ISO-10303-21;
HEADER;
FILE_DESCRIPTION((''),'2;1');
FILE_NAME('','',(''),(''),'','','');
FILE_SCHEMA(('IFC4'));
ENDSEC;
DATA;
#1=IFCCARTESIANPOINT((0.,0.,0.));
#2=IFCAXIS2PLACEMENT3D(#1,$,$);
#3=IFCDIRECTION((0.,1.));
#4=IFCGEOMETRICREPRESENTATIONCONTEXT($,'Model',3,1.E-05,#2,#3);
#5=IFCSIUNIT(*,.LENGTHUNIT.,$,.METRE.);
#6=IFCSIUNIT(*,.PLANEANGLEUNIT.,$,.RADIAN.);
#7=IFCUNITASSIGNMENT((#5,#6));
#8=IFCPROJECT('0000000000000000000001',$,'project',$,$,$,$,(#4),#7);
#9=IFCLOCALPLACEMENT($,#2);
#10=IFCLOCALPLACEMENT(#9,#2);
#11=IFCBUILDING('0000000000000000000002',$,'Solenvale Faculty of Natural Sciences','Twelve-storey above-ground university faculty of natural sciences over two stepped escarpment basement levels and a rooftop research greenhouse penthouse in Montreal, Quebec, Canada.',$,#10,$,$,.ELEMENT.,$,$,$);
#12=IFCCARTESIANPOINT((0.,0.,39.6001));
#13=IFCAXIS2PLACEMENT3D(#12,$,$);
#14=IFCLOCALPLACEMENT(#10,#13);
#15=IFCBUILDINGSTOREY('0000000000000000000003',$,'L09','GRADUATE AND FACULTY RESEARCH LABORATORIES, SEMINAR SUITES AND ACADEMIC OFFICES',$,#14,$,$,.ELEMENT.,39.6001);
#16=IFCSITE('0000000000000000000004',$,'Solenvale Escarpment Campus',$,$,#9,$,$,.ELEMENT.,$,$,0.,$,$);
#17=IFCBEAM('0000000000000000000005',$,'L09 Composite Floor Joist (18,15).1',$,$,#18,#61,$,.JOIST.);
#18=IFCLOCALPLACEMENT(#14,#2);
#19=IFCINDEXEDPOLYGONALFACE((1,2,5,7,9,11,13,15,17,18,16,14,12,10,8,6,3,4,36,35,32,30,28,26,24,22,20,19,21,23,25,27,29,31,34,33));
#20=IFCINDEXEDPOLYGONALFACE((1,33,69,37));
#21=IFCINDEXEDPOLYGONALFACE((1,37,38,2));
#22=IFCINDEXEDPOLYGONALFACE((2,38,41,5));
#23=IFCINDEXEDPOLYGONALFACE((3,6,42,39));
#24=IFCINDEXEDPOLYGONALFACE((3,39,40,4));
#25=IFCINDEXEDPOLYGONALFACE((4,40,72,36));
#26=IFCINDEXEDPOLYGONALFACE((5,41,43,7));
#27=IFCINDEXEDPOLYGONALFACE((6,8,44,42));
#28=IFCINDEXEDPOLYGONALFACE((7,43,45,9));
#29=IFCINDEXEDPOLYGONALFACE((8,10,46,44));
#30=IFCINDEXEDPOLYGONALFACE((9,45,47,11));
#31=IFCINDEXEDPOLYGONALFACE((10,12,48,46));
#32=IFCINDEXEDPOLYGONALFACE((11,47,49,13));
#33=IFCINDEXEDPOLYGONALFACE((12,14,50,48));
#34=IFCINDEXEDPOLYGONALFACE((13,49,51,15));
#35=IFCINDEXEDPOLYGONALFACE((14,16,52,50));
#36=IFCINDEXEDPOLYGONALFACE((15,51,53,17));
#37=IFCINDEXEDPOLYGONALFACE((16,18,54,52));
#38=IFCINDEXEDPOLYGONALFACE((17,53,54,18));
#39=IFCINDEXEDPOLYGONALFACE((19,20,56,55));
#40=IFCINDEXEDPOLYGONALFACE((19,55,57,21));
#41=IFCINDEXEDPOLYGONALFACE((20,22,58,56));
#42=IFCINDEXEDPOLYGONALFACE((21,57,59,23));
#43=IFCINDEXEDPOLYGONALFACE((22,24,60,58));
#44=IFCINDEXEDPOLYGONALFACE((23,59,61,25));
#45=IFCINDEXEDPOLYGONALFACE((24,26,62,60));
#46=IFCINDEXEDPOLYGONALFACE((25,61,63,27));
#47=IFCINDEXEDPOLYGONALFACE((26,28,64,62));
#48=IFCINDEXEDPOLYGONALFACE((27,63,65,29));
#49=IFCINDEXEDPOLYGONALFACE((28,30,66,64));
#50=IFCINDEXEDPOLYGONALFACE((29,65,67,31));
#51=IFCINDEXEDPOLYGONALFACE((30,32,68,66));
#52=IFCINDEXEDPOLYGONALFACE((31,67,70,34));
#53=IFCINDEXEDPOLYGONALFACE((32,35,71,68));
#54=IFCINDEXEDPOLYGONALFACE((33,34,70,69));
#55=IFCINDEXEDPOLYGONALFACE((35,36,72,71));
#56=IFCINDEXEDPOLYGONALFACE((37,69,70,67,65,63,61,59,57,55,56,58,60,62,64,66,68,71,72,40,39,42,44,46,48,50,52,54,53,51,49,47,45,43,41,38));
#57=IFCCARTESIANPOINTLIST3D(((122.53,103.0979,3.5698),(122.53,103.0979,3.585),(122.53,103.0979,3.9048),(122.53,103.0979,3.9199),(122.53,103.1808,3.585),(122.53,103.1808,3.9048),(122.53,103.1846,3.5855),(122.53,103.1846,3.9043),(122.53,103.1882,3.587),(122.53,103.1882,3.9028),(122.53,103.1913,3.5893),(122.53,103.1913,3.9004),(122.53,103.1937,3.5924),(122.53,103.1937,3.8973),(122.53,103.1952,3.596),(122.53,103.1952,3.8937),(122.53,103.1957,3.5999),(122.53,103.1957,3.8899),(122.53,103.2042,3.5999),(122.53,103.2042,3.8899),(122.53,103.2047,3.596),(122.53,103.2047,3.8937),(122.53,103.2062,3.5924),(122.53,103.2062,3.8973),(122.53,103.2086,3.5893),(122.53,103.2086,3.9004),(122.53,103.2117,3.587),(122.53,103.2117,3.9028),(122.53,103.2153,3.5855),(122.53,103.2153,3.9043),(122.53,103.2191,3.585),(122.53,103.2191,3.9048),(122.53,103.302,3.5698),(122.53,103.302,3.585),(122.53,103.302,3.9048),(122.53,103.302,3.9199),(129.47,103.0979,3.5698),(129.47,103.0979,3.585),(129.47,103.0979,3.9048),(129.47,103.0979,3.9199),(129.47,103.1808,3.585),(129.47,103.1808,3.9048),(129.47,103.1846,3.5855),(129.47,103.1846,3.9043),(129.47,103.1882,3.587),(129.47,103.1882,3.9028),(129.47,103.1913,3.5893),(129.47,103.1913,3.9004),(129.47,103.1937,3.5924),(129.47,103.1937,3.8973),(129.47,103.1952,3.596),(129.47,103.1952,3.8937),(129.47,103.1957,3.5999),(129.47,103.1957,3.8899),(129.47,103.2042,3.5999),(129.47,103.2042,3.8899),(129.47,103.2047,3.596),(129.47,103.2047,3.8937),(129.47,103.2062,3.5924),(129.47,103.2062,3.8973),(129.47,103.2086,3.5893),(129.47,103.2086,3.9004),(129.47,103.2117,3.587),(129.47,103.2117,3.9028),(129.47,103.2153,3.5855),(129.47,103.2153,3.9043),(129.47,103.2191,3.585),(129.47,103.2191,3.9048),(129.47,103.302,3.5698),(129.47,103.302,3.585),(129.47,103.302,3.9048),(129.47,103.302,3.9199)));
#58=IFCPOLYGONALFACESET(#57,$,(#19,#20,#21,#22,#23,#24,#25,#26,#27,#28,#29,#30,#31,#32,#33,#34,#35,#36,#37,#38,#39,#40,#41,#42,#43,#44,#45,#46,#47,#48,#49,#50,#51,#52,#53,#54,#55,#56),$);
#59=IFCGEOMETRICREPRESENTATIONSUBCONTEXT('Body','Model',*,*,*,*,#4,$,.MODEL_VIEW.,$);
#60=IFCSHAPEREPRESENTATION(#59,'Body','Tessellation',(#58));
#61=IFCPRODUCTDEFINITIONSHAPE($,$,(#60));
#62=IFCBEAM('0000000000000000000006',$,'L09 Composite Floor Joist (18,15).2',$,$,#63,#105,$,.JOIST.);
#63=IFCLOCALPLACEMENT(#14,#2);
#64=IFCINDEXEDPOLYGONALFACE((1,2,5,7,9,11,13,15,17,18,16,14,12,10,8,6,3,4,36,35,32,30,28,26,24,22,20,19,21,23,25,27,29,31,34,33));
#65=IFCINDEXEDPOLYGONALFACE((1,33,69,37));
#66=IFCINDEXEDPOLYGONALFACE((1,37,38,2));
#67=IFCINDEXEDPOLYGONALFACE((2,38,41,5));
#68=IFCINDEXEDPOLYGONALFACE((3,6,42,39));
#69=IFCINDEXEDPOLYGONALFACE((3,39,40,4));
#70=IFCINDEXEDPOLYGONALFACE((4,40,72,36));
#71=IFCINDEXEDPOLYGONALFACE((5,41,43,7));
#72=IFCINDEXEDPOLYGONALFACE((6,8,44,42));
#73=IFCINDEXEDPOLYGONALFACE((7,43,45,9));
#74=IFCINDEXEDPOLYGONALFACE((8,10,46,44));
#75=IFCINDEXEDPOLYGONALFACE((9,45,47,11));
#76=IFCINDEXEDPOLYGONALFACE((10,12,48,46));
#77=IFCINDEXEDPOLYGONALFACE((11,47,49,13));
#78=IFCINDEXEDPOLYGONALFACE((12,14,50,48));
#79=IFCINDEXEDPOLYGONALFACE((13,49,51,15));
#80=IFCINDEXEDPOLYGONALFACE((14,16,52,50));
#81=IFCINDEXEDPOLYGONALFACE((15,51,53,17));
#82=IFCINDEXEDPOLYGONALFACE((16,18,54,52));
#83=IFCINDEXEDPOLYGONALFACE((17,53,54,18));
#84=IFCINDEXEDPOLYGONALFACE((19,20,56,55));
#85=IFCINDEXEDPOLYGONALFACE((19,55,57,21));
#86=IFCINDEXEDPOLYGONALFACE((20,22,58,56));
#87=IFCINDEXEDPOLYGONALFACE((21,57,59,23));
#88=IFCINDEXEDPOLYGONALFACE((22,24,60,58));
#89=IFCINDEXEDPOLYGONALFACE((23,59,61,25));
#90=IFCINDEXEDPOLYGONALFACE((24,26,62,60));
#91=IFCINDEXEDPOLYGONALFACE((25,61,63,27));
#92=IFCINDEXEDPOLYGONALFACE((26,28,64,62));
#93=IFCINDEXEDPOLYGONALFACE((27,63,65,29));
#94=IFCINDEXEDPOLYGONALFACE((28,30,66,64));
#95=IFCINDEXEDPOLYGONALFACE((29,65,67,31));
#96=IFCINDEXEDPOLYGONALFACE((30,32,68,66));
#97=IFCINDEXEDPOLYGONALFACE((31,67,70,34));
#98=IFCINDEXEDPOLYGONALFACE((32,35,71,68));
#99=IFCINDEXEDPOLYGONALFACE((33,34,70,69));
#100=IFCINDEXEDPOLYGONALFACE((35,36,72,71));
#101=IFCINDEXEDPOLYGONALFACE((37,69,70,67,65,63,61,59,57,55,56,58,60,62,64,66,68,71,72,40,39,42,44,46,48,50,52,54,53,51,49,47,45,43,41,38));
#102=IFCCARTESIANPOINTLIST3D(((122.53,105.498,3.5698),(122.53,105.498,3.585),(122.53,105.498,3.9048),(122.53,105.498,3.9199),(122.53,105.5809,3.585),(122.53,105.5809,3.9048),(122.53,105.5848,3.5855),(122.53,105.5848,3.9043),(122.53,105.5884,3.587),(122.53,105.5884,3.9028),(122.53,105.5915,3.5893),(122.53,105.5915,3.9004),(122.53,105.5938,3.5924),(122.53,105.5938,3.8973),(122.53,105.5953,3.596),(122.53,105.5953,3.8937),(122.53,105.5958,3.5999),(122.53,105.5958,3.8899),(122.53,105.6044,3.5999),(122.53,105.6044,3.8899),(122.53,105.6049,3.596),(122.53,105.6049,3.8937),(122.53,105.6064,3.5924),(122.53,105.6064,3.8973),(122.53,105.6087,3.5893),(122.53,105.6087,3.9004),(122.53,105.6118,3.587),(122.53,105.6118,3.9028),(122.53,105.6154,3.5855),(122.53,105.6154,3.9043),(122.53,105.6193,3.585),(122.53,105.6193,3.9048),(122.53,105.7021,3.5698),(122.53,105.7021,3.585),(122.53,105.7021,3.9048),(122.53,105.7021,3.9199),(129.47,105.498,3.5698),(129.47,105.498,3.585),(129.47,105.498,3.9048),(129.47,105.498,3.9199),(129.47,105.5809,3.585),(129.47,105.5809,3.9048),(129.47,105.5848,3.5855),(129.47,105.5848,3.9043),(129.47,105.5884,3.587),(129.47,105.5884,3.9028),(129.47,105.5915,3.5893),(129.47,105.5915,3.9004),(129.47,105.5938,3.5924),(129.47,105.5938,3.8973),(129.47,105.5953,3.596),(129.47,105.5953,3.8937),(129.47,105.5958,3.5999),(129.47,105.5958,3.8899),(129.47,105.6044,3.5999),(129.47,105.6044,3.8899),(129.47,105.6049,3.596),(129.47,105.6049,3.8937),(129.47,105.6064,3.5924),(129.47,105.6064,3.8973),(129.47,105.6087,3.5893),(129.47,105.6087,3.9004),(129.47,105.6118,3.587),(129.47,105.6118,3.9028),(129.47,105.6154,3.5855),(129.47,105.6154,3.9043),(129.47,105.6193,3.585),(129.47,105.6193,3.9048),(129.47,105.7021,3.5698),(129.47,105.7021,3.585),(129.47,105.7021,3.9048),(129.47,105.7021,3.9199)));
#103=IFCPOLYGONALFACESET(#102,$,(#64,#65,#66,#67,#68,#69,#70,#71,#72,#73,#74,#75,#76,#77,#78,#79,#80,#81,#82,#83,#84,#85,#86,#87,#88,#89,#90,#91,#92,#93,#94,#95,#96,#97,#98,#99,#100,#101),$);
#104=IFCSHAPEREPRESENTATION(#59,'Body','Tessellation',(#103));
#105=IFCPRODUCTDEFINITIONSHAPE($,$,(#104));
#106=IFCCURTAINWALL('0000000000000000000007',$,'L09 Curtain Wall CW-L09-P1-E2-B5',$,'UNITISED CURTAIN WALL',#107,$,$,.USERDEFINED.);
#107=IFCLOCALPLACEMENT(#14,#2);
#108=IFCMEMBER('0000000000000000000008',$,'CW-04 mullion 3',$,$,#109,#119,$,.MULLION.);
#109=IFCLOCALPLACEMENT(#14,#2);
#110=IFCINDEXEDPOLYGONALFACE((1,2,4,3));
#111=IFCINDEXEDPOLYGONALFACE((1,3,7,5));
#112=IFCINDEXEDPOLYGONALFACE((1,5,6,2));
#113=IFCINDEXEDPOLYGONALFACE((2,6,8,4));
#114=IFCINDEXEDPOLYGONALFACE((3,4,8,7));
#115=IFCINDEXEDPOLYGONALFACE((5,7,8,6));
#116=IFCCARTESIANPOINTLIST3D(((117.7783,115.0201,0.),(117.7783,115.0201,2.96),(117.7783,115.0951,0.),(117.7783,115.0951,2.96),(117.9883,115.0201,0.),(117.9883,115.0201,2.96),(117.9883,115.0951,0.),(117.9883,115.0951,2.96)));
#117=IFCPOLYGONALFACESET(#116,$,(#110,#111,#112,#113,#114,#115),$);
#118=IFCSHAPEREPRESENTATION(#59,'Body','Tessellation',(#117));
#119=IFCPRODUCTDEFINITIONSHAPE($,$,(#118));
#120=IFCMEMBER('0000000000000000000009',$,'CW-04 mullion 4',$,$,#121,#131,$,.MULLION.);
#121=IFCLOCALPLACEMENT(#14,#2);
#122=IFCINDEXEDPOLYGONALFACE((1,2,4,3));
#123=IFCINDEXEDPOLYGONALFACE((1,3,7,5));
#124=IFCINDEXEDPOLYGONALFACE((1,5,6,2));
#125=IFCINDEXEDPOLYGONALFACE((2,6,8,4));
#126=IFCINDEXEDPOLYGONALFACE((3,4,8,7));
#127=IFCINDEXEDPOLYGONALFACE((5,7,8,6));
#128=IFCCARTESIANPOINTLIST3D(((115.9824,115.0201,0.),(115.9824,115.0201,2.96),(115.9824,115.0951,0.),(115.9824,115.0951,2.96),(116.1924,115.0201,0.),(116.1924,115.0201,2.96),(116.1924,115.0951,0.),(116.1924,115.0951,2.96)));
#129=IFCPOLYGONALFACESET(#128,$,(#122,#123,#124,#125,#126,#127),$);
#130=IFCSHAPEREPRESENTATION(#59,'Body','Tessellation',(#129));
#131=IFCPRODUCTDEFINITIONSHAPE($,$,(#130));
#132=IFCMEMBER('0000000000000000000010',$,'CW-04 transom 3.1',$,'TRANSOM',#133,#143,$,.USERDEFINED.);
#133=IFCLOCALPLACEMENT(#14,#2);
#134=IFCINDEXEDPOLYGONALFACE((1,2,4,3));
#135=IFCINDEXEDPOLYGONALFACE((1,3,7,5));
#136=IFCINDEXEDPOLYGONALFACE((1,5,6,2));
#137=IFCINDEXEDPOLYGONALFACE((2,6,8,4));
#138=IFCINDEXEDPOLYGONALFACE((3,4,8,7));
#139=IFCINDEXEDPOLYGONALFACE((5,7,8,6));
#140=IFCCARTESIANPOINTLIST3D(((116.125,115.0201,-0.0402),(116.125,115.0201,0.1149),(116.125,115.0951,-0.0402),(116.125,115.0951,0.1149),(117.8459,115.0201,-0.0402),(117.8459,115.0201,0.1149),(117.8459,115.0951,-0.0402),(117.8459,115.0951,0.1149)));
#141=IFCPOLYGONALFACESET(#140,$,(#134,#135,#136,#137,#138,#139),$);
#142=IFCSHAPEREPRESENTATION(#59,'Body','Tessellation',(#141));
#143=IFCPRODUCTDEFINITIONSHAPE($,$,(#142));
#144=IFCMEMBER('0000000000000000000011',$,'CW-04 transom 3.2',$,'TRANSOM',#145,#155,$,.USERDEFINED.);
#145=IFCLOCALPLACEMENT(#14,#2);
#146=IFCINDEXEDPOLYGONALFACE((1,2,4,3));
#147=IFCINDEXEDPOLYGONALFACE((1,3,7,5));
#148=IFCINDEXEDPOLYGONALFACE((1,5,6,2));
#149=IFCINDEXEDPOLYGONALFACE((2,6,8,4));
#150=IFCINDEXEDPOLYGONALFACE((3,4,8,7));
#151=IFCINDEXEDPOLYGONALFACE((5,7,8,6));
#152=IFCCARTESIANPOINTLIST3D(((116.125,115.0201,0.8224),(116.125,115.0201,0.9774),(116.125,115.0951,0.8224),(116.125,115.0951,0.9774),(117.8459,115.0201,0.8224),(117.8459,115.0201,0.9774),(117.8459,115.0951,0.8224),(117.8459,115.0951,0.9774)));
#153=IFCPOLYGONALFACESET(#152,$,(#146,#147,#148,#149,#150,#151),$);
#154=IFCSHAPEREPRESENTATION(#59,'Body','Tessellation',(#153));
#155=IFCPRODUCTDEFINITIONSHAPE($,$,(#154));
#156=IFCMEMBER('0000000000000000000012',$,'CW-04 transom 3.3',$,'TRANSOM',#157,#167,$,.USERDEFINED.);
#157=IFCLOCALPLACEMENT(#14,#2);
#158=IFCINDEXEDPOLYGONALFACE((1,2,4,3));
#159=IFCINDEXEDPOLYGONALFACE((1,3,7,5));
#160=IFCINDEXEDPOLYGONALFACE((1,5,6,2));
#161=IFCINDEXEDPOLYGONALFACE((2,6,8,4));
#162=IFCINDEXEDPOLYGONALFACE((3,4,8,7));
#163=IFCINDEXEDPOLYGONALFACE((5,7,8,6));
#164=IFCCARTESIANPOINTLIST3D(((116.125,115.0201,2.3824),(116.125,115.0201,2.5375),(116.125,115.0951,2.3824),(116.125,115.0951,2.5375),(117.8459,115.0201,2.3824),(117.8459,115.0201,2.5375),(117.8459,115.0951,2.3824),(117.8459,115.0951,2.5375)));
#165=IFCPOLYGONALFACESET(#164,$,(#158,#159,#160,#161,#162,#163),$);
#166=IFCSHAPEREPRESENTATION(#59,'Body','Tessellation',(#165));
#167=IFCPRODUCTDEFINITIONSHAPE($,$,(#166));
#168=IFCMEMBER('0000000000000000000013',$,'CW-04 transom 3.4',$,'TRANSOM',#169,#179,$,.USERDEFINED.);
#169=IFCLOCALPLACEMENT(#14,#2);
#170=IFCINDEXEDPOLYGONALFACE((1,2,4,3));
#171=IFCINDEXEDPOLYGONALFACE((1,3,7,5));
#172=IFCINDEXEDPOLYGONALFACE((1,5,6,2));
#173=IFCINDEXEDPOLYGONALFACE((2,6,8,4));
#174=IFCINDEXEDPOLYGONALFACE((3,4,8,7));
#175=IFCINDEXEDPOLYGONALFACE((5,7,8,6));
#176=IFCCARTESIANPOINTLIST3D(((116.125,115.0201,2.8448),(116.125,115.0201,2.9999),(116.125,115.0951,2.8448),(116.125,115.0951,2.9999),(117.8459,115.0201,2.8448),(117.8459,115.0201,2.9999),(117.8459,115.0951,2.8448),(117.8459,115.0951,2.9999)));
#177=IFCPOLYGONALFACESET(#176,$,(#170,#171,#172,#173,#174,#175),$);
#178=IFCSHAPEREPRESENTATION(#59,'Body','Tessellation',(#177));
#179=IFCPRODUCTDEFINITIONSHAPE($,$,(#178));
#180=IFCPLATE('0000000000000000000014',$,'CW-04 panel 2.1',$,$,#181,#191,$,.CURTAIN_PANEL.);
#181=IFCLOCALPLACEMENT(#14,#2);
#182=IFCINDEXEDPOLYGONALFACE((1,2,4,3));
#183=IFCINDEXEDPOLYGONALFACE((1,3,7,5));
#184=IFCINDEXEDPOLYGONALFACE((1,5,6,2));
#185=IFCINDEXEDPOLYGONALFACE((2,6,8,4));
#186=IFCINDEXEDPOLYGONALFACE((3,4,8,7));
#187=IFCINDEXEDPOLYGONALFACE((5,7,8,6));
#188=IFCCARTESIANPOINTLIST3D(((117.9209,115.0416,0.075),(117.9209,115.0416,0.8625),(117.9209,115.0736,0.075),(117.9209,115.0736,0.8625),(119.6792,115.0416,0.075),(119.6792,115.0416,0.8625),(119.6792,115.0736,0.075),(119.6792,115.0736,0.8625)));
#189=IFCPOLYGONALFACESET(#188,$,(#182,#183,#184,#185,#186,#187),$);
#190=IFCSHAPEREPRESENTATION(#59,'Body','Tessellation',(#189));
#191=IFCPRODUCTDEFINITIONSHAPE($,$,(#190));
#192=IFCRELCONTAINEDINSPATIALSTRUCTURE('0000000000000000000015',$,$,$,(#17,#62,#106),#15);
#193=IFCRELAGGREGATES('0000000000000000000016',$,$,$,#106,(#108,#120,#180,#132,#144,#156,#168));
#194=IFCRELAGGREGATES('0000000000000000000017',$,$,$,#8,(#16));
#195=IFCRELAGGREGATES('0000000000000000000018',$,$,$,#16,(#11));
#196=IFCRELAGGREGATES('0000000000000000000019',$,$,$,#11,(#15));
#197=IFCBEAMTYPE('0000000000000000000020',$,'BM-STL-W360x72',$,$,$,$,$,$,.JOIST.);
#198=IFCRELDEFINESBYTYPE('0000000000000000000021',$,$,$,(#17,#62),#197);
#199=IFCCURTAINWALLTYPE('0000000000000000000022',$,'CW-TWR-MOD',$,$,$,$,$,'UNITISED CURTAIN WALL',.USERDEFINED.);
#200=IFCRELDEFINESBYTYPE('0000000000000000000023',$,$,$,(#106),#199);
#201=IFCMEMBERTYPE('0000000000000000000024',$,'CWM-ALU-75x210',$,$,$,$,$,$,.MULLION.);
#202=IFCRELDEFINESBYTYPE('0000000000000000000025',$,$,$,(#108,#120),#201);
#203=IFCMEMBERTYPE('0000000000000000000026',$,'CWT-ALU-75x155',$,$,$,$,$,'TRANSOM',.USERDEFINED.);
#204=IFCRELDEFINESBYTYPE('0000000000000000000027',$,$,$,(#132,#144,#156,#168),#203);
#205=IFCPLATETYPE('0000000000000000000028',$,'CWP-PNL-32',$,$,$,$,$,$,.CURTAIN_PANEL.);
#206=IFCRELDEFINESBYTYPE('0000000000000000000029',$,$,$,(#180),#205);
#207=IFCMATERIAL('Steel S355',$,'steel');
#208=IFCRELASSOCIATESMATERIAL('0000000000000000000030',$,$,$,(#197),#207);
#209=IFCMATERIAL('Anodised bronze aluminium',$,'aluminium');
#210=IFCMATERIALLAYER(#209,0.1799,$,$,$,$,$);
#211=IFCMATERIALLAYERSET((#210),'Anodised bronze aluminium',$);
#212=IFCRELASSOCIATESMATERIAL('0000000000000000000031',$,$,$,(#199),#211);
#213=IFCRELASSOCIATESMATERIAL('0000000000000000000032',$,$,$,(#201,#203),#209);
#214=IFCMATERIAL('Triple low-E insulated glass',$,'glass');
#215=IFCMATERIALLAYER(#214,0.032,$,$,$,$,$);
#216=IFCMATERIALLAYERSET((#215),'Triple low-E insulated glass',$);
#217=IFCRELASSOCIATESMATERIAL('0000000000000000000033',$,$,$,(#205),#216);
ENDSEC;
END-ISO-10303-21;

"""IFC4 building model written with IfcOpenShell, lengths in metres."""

from ifc_helpers import new_model, si_unit, direction, frame, origin, origin_2d, place, context, subcontext, project, spatial, rectangle, i_section, extrude, material, layer, layer_set, material_profile, profile_set, type_object, element, aggregate, save


model = new_model("IFC4")

# Units and contexts
model_context = context("Model", 3, precision=1e-05, world=origin(), true_north=direction((0.0, 1.0)))
body_context = subcontext(model_context, "Body", "Model", "MODEL_VIEW")
ifc_project = project(units=[si_unit("LENGTHUNIT", "METRE"), si_unit("PLANEANGLEUNIT", "RADIAN")], contexts=[model_context])

# Site, building, storey
site_placement = place(None, origin())
site = spatial("IfcSite", under=ifc_project, at=site_placement, Name="Solenvale Escarpment Campus", CompositionType="ELEMENT", RefElevation=0.0)
building_placement = place(site_placement, origin())
building = spatial("IfcBuilding", under=site, at=building_placement, Name="Solenvale Faculty of Natural Sciences", Description="Twelve-storey above-ground university faculty of natural sciences over two stepped escarpment basement levels and a rooftop research greenhouse penthouse in Montreal, Quebec, Canada.", CompositionType="ELEMENT")
storey_placement = place(building_placement, frame((0.0, 0.0, 39.6001)))
storey = spatial("IfcBuildingStorey", under=building, at=storey_placement, Name="L09", Description="GRADUATE AND FACULTY RESEARCH LABORATORIES, SEMINAR SUITES AND ACADEMIC OFFICES", CompositionType="ELEMENT", Elevation=39.6001)

# Beams
ifc_material_1 = material(Name="Steel S355", Category="steel")
ifc_material_profile_1 = material_profile(ifc_material_1, i_section(OverallWidth=0.2041, OverallDepth=0.3501, WebThickness=0.0085, FlangeThickness=0.0151, FilletRadius=0.0149, at=origin_2d()), Name="W360x72")
ifc_profile_set_1 = profile_set([ifc_material_profile_1], Name="Steel S355")
beam_type_1 = type_object("IfcBeamType", Name="BM-STL-W360x72", PredefinedType="JOIST", material=ifc_profile_set_1)
for number, where, z_axis, x_axis, name in (
    (1, (122.53, 103.2, 3.7449), (1.0, 0.0, 0.0), (0.0, 1.0, 0.0), "L09 Composite Floor Joist (18,15).1"),
    (2, (122.53, 105.6001, 3.7449), (1.0, 0.0, 0.0), (0.0, 1.0, 0.0), "L09 Composite Floor Joist (18,15).2"),
):
    element("IfcBeam", number, at=place(storey_placement, frame(where, z_axis=z_axis, x_axis=x_axis)), inside=storey, type_object=beam_type_1, Name=name, PredefinedType="JOIST", context=body_context, shape_type="SweptSolid", body=[
        extrude(i_section(OverallWidth=0.2041, OverallDepth=0.3501, WebThickness=0.0085, FlangeThickness=0.0151, FilletRadius=0.0149, at=origin_2d()), origin(), (0.0, 0.0, 1.0), 6.9399),
    ])

# Curtain wall, members, plate
ifc_material_2 = material(Name="Anodised bronze aluminium", Category="aluminium")
ifc_layer_1 = layer(ifc_material_2, 0.1799)
ifc_layer_set_1 = layer_set([ifc_layer_1], Name="Anodised bronze aluminium")
curtain_wall_type = type_object("IfcCurtainWallType", Name="CW-TWR-MOD", ElementType="UNITISED CURTAIN WALL", PredefinedType="USERDEFINED", material=ifc_layer_set_1)
curtain_wall_placement = place(storey_placement, origin())
curtain_wall = element("IfcCurtainWall", 3, at=curtain_wall_placement, inside=storey, type_object=curtain_wall_type, Name="L09 Curtain Wall CW-L09-P1-E2-B5", ObjectType="UNITISED CURTAIN WALL", PredefinedType="USERDEFINED")
ifc_material_profile_2 = material_profile(ifc_material_2, rectangle(XDim=0.075, YDim=0.21, at=origin_2d()), Name="ALU-MUL-75x210")
ifc_profile_set_2 = profile_set([ifc_material_profile_2], Name="Anodised bronze aluminium")
member_type_1 = type_object("IfcMemberType", Name="CWM-ALU-75x210", PredefinedType="MULLION", material=ifc_profile_set_2)
member_1_placement = place(storey_placement, frame((117.8833, 115.0576, 0.0), z_axis=(0.0, 0.0, 1.0), x_axis=(0.0, -1.0, 0.0)))
member_1 = element("IfcMember", 4, at=member_1_placement, type_object=member_type_1, Name="CW-04 mullion 3", PredefinedType="MULLION", context=body_context, shape_type="SweptSolid", body=[
    extrude(rectangle(XDim=0.075, YDim=0.21, at=origin_2d()), origin(), (0.0, 0.0, 1.0), 2.96),
])
member_2_placement = place(storey_placement, frame((116.0874, 115.0576, 0.0), z_axis=(0.0, 0.0, 1.0), x_axis=(0.0, -1.0, 0.0)))
member_2 = element("IfcMember", 5, at=member_2_placement, type_object=member_type_1, Name="CW-04 mullion 4", PredefinedType="MULLION", context=body_context, shape_type="SweptSolid", body=[
    extrude(rectangle(XDim=0.075, YDim=0.21, at=origin_2d()), origin(), (0.0, 0.0, 1.0), 2.96),
])
ifc_material_profile_3 = material_profile(ifc_material_2, rectangle(XDim=0.075, YDim=0.155, at=origin_2d()), Name="ALU-TRN-75x155")
ifc_profile_set_3 = profile_set([ifc_material_profile_3], Name="Anodised bronze aluminium")
member_type_2 = type_object("IfcMemberType", Name="CWT-ALU-75x155", ElementType="TRANSOM", PredefinedType="USERDEFINED", material=ifc_profile_set_3)
member_3_placement = place(storey_placement, frame((117.8459, 115.0576, 0.0374), z_axis=(-1.0, 0.0, 0.0), x_axis=(0.0, -1.0, 0.0)))
member_3 = element("IfcMember", 6, at=member_3_placement, type_object=member_type_2, Name="CW-04 transom 3.1", ObjectType="TRANSOM", PredefinedType="USERDEFINED", context=body_context, shape_type="SweptSolid", body=[
    extrude(rectangle(XDim=0.075, YDim=0.155, at=origin_2d()), origin(), (0.0, 0.0, 1.0), 1.7209),
])
member_4_placement = place(storey_placement, frame((117.8459, 115.0576, 0.8999), z_axis=(-1.0, 0.0, 0.0), x_axis=(0.0, -1.0, 0.0)))
member_4 = element("IfcMember", 7, at=member_4_placement, type_object=member_type_2, Name="CW-04 transom 3.2", ObjectType="TRANSOM", PredefinedType="USERDEFINED", context=body_context, shape_type="SweptSolid", body=[
    extrude(rectangle(XDim=0.075, YDim=0.155, at=origin_2d()), origin(), (0.0, 0.0, 1.0), 1.7209),
])
member_5_placement = place(storey_placement, frame((117.8459, 115.0576, 2.46), z_axis=(-1.0, 0.0, 0.0), x_axis=(0.0, -1.0, 0.0)))
member_5 = element("IfcMember", 8, at=member_5_placement, type_object=member_type_2, Name="CW-04 transom 3.3", ObjectType="TRANSOM", PredefinedType="USERDEFINED", context=body_context, shape_type="SweptSolid", body=[
    extrude(rectangle(XDim=0.075, YDim=0.155, at=origin_2d()), origin(), (0.0, 0.0, 1.0), 1.7209),
])
member_6_placement = place(storey_placement, frame((117.8459, 115.0576, 2.9224), z_axis=(-1.0, 0.0, 0.0), x_axis=(0.0, -1.0, 0.0)))
member_6 = element("IfcMember", 9, at=member_6_placement, type_object=member_type_2, Name="CW-04 transom 3.4", ObjectType="TRANSOM", PredefinedType="USERDEFINED", context=body_context, shape_type="SweptSolid", body=[
    extrude(rectangle(XDim=0.075, YDim=0.155, at=origin_2d()), origin(), (0.0, 0.0, 1.0), 1.7209),
])
ifc_material_3 = material(Name="Triple low-E insulated glass", Category="glass")
ifc_layer_2 = layer(ifc_material_3, 0.032)
ifc_layer_set_2 = layer_set([ifc_layer_2], Name="Triple low-E insulated glass")
plate_type = type_object("IfcPlateType", Name="CWP-PNL-32", PredefinedType="CURTAIN_PANEL", material=ifc_layer_set_2)
plate_1_placement = place(storey_placement, frame((118.8, 115.0576, 0.075), z_axis=(0.0, 0.0, 1.0), x_axis=(-1.0, 0.0, 0.0)))
plate_1 = element("IfcPlate", 10, at=plate_1_placement, type_object=plate_type, Name="CW-04 panel 2.1", PredefinedType="CURTAIN_PANEL", context=body_context, shape_type="SweptSolid", body=[
    extrude(rectangle(XDim=1.7583, YDim=0.032, at=origin_2d()), origin(), (0.0, 0.0, 1.0), 0.7876),
])
aggregate(curtain_wall, [member_1, member_2, plate_1, member_3, member_4, member_5, member_6])

save(model, "model.ifc")
